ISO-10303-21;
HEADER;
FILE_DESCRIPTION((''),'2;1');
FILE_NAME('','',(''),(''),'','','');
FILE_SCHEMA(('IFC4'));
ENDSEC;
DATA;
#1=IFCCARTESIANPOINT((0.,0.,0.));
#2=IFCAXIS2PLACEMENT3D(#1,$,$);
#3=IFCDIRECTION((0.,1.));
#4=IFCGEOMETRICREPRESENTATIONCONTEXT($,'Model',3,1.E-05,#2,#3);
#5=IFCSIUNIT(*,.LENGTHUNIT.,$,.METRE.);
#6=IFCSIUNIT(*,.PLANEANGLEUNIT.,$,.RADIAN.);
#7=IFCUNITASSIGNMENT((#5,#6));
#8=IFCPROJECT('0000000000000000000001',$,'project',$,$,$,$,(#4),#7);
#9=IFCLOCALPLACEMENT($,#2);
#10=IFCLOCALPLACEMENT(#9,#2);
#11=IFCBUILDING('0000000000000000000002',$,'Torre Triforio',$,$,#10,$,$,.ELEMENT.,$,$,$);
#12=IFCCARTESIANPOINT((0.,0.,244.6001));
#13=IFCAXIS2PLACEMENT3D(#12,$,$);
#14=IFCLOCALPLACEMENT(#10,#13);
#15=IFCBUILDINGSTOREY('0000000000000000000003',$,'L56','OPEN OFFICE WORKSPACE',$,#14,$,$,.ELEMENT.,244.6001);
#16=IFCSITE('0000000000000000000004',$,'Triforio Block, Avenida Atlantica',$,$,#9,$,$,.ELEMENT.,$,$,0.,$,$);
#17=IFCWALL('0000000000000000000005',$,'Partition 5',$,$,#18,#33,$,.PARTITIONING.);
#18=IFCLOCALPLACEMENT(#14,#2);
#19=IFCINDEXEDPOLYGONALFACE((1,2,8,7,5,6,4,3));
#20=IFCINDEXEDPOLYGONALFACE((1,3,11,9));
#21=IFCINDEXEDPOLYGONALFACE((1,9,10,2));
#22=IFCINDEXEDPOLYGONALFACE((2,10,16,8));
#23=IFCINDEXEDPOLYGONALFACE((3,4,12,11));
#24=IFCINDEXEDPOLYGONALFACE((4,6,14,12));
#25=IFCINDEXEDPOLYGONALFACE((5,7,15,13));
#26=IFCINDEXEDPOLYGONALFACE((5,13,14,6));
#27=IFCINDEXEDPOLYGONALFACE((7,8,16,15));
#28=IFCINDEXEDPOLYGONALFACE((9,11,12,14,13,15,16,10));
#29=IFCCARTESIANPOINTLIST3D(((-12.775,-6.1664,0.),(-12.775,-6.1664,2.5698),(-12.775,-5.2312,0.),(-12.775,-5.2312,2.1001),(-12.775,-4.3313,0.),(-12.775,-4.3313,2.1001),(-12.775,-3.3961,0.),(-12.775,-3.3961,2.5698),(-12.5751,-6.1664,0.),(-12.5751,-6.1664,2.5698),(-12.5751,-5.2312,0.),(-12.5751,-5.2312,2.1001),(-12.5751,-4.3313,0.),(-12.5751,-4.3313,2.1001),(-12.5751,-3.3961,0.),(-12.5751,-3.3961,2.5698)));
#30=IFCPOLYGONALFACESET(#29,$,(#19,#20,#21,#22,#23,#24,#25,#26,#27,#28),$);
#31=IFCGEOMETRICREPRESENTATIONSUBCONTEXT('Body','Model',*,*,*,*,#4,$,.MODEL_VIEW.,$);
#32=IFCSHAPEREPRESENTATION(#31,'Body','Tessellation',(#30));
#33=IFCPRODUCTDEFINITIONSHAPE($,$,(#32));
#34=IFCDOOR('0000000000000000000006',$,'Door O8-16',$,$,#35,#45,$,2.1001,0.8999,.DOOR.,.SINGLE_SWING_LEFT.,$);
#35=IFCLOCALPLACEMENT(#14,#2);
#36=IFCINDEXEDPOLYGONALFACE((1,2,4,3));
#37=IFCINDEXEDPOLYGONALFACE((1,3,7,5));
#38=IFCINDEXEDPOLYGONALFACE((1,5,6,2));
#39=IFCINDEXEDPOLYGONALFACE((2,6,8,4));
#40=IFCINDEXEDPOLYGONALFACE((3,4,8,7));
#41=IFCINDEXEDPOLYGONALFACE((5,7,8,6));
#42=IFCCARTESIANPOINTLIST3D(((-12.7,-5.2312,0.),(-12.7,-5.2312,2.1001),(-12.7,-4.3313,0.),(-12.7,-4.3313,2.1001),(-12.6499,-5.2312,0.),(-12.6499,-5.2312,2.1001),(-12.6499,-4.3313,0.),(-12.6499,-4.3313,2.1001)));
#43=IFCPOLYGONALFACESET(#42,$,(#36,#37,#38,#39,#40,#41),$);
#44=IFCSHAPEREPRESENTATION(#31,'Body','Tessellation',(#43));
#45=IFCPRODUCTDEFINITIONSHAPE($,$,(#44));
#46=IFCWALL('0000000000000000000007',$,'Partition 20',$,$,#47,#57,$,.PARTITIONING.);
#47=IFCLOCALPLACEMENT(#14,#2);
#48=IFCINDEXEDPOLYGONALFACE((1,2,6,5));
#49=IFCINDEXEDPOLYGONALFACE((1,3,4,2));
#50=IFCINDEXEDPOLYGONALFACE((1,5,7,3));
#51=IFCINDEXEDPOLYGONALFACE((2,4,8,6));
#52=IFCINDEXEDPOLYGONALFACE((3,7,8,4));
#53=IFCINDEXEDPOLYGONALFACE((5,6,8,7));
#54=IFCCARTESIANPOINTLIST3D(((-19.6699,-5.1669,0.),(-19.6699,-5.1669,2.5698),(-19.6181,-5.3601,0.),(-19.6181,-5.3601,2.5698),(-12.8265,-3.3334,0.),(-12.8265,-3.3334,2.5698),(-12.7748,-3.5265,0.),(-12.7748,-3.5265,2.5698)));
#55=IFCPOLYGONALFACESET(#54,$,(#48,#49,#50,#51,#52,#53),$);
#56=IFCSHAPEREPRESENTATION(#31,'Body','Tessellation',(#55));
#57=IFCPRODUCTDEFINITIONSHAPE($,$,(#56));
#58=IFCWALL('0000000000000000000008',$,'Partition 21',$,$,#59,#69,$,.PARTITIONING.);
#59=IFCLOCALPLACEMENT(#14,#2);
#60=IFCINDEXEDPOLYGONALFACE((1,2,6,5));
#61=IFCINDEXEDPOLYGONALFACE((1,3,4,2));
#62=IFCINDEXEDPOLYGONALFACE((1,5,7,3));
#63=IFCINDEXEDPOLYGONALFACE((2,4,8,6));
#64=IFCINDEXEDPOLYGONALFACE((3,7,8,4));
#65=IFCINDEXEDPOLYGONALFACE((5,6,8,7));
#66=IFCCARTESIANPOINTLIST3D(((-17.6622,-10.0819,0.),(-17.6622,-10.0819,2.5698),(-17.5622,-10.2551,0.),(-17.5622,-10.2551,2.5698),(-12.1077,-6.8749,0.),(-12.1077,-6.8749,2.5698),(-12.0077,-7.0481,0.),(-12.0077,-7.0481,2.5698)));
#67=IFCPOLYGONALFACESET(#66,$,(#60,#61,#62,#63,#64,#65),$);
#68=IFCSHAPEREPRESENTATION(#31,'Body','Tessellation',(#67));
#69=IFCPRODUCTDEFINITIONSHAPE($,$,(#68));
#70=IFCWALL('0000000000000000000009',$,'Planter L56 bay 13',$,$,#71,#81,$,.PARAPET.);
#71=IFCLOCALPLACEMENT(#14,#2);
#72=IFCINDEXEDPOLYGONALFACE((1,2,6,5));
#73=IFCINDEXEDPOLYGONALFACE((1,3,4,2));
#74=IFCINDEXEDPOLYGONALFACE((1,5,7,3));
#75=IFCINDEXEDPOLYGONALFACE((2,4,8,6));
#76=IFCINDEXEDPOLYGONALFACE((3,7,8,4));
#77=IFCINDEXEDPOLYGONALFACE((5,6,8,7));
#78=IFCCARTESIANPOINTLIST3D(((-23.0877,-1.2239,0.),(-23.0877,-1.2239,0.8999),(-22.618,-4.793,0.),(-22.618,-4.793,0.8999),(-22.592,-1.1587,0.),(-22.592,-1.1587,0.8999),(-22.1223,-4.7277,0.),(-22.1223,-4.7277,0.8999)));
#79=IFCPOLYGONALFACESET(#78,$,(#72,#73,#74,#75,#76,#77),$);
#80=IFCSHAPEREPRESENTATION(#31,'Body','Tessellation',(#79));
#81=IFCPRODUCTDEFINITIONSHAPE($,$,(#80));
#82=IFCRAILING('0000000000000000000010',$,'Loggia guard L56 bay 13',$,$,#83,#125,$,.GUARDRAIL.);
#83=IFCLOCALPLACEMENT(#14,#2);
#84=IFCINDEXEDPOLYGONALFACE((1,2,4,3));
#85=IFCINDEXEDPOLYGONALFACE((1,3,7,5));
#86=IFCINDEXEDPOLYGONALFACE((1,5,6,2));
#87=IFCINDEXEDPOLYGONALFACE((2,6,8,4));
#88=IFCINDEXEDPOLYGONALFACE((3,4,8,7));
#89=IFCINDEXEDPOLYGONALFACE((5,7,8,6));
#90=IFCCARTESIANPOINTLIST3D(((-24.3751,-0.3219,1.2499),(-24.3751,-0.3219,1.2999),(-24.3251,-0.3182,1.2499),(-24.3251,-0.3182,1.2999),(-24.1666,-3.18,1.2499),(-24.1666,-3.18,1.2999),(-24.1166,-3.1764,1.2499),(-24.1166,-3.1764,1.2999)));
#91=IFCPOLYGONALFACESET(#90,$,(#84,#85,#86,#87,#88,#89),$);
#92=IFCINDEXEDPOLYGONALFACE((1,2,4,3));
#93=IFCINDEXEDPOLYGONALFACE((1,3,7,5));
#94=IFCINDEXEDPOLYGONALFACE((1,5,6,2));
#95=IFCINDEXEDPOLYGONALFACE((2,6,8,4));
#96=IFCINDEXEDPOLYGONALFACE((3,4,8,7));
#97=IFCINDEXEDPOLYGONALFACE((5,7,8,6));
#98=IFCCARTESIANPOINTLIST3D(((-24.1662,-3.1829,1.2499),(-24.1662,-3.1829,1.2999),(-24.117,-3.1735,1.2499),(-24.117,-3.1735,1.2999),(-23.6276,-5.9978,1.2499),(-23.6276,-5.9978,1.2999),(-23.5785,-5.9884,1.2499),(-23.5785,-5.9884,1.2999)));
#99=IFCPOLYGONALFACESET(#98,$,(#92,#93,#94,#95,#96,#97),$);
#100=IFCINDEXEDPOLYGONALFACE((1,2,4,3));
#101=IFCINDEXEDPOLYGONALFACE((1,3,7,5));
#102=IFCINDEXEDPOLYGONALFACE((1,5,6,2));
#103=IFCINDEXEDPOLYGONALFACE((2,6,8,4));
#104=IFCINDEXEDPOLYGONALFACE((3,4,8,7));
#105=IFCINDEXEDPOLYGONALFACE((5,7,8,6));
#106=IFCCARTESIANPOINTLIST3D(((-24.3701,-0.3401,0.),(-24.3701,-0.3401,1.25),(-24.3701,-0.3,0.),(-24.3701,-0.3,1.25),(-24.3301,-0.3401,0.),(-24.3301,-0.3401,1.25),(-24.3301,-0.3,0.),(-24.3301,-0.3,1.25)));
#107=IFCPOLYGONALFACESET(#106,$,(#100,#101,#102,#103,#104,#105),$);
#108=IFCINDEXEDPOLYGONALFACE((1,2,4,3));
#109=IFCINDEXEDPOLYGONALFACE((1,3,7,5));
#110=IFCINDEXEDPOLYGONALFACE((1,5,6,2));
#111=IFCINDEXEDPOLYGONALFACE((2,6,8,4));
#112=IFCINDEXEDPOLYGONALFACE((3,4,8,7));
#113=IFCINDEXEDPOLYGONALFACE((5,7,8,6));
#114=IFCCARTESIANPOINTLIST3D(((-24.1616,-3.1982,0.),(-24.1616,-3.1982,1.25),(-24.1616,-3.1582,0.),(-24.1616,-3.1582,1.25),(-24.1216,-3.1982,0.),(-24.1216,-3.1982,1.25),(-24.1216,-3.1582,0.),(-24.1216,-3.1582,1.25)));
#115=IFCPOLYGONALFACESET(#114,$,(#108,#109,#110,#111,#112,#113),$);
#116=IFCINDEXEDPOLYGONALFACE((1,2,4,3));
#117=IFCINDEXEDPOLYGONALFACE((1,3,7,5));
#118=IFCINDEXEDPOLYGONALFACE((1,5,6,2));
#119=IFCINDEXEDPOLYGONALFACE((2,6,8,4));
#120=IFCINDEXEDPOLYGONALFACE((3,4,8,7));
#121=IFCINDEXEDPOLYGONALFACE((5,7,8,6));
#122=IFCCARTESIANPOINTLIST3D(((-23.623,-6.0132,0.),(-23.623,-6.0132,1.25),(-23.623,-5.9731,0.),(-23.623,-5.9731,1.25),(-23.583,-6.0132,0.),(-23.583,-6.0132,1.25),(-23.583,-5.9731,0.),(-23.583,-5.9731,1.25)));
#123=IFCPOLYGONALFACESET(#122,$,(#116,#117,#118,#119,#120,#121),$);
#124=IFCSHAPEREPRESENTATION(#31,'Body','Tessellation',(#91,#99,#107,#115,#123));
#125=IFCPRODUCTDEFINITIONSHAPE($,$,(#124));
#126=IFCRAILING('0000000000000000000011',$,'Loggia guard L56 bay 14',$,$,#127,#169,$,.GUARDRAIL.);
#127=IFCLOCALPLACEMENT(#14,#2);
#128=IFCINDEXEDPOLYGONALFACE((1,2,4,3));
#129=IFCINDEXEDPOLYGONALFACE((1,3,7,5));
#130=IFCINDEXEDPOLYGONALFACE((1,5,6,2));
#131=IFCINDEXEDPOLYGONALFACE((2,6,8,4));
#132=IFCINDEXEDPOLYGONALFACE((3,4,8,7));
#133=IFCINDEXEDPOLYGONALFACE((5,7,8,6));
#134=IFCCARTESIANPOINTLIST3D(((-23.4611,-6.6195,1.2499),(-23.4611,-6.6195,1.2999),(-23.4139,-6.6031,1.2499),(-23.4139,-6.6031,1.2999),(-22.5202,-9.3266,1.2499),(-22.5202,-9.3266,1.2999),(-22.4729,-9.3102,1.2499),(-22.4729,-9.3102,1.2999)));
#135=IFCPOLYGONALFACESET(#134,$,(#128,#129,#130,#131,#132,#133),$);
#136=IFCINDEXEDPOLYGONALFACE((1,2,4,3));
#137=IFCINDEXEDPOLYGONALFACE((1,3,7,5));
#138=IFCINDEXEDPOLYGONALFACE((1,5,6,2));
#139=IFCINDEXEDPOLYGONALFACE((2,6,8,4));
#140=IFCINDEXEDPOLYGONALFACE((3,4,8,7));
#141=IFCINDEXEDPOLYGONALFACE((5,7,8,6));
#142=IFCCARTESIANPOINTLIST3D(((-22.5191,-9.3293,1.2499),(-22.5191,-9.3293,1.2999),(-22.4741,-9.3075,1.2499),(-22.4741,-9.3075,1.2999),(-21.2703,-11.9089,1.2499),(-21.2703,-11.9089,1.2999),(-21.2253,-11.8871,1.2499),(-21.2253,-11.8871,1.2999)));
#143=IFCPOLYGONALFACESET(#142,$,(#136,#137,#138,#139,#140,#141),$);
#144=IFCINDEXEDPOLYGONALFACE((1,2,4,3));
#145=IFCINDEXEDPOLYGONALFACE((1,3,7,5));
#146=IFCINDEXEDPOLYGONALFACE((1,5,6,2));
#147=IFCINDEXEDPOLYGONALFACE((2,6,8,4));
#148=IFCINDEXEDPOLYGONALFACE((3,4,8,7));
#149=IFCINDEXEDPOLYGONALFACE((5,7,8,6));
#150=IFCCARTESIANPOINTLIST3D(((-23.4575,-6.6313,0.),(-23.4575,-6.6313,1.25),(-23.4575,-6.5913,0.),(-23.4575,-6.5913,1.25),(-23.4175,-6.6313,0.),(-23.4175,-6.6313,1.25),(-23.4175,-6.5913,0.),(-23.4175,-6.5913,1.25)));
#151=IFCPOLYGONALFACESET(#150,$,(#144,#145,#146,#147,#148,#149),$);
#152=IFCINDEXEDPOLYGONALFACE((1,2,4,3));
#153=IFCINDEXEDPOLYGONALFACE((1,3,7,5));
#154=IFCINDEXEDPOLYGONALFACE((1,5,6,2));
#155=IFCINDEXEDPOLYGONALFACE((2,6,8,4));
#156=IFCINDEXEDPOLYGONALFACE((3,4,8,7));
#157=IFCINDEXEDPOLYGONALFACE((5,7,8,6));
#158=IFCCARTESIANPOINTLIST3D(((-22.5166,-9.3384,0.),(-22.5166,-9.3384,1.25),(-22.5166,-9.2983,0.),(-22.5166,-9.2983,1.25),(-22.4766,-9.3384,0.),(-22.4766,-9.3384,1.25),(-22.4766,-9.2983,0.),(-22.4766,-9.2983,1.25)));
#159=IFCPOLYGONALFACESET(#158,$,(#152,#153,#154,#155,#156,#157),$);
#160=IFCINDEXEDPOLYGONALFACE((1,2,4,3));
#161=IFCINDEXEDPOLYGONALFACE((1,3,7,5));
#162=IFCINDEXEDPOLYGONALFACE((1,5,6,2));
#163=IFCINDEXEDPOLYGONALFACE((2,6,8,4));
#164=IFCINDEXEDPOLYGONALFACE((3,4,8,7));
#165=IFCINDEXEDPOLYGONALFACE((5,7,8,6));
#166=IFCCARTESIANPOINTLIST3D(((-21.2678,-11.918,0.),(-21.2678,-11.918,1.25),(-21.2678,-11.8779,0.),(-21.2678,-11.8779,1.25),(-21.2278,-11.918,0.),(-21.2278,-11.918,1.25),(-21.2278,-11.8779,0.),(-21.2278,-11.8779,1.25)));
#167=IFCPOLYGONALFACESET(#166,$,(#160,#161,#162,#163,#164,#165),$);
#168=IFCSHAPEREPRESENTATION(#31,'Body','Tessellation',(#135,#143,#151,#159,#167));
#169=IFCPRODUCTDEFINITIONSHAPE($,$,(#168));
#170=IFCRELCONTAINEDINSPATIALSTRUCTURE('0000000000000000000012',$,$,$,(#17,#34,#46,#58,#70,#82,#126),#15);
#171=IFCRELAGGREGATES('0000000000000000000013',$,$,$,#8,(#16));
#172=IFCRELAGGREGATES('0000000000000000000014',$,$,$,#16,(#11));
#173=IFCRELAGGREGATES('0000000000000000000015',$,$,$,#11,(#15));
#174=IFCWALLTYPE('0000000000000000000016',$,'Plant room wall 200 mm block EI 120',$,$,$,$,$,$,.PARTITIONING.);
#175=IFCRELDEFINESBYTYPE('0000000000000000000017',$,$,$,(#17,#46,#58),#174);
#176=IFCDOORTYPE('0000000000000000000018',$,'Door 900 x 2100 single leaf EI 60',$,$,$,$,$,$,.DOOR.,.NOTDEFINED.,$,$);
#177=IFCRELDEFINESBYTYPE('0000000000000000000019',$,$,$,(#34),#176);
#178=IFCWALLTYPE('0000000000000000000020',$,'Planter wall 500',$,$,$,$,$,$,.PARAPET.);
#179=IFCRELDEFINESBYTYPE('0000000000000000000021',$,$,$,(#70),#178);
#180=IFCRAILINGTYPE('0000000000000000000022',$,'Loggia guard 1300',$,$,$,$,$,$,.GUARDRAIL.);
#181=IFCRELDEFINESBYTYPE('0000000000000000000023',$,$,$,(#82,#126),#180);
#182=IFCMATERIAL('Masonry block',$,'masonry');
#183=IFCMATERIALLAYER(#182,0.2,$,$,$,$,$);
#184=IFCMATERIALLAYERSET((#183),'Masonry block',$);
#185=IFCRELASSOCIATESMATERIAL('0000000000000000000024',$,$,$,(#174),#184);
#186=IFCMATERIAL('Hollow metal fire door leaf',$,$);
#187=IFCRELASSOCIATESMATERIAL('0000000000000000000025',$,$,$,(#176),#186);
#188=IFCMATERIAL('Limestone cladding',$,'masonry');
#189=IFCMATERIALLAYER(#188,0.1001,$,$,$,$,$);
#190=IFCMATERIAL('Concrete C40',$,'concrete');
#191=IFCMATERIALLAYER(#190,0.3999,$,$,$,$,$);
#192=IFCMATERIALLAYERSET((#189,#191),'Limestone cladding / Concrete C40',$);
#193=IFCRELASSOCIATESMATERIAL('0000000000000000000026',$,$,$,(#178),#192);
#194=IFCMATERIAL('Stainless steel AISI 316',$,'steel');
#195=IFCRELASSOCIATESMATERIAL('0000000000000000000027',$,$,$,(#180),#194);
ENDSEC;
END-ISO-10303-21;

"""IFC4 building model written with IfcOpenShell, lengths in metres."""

from ifc_helpers import new_model, si_unit, direction, frame, frame_2d, origin, origin_2d, place, context, subcontext, project, spatial, rectangle, extrude, material, layer, layer_set, type_object, element, fill, save


model = new_model("IFC4")

# Units and contexts
model_context = context("Model", 3, precision=1e-05, world=origin(), true_north=direction((0.0, 1.0)))
body_context = subcontext(model_context, "Body", "Model", "MODEL_VIEW")
ifc_project = project(units=[si_unit("LENGTHUNIT", "METRE"), si_unit("PLANEANGLEUNIT", "RADIAN")], contexts=[model_context])

# Site, building, storey
site_placement = place(None, origin())
site = spatial("IfcSite", under=ifc_project, at=site_placement, Name="Triforio Block, Avenida Atlantica", CompositionType="ELEMENT", RefElevation=0.0)
building_placement = place(site_placement, origin())
building = spatial("IfcBuilding", under=site, at=building_placement, Name="Torre Triforio", CompositionType="ELEMENT")
storey_placement = place(building_placement, frame((0.0, 0.0, 244.6001)))
storey = spatial("IfcBuildingStorey", under=building, at=storey_placement, Name="L56", Description="OPEN OFFICE WORKSPACE", CompositionType="ELEMENT", Elevation=244.6001)

# Shared definitions
ifc_material_1 = material(Name="Concrete C40", Category="concrete")

# Shared definitions
ifc_material_2 = material(Name="Hollow metal fire door leaf")

# Shared definitions
ifc_material_3 = material(Name="Masonry block", Category="masonry")
ifc_layer_1 = layer(ifc_material_3, 0.2)
ifc_layer_set_1 = layer_set([ifc_layer_1], Name="Masonry block")
wall_type_1 = type_object("IfcWallType", Name="Plant room wall 200 mm block EI 120", PredefinedType="PARTITIONING", material=ifc_layer_set_1)

# Wall, opening, door
wall_1_placement = place(storey_placement, frame((-12.675, -6.1665, 0.0), z_axis=(0.0, 0.0, 1.0), x_axis=(0.0, 1.0, 0.0)))
wall_1 = element("IfcWall", 1, at=wall_1_placement, inside=storey, type_object=wall_type_1, Name="Partition 5", PredefinedType="PARTITIONING", context=body_context, shape_type="SweptSolid", body=[
    extrude(rectangle(XDim=2.7703, YDim=0.2, at=frame_2d((1.3853, 0.0))), origin(), (0.0, 0.0, 1.0), 2.5698),
])
opening_1_placement = place(wall_1_placement, frame((0.9353, 0.0, 0.0)))
opening_1 = element("IfcOpeningElement", 2, at=opening_1_placement, cuts=wall_1, PredefinedType="OPENING", context=body_context, shape_type="SweptSolid", body=[
    extrude(rectangle(XDim=0.8999, YDim=2.1001, at=frame_2d((0.45, 1.05))), frame((0.0, 0.1099, 0.0), z_axis=(0.0, -1.0, 0.0), x_axis=(1.0, 0.0, 0.0)), (0.0, 0.0, 1.0), 0.22),
])
door_type_1 = type_object("IfcDoorType", Name="Door 900 x 2100 single leaf EI 60", OperationType="NOTDEFINED", PredefinedType="DOOR", material=ifc_material_2)
door_1_placement = place(opening_1_placement, origin())
door_1 = element("IfcDoor", 3, at=door_1_placement, inside=storey, type_object=door_type_1, Name="Door O8-16", OperationType="SINGLE_SWING_LEFT", OverallHeight=2.1001, OverallWidth=0.8999, PredefinedType="DOOR", context=body_context, shape_type="SweptSolid", body=[
    extrude(rectangle(XDim=0.8999, YDim=2.1001, at=frame_2d((0.45, 1.05))), frame((0.0, 0.0249, 0.0), z_axis=(0.0, -1.0, 0.0), x_axis=(1.0, 0.0, 0.0)), (0.0, 0.0, 1.0), 0.05),
])
fill(opening_1, door_1)

# Walls
wall_2_placement = place(storey_placement, frame((-12.8005, -3.4299, 0.0), z_axis=(0.0, 0.0, 1.0), x_axis=(-0.965931, -0.258799, 0.0)))
element("IfcWall", 4, at=wall_2_placement, inside=storey, type_object=wall_type_1, Name="Partition 20", PredefinedType="PARTITIONING", context=body_context, shape_type="SweptSolid", body=[
    extrude(rectangle(XDim=7.0847, YDim=0.2, at=frame_2d((3.5425, 0.0))), origin(), (0.0, 0.0, 1.0), 2.5698),
])
wall_3_placement = place(storey_placement, frame((-12.0576, -6.9614, 0.0), z_axis=(0.0, 0.0, 1.0), x_axis=(-0.866014, -0.50002, 0.0)))
element("IfcWall", 5, at=wall_3_placement, inside=storey, type_object=wall_type_1, Name="Partition 21", PredefinedType="PARTITIONING", context=body_context, shape_type="SweptSolid", body=[
    extrude(rectangle(XDim=6.4138, YDim=0.2, at=frame_2d((3.207, 0.0))), origin(), (0.0, 0.0, 1.0), 2.5698),
])
ifc_material_4 = material(Name="Limestone cladding", Category="masonry")
ifc_layer_2 = layer(ifc_material_4, 0.1001)
ifc_layer_3 = layer(ifc_material_1, 0.3999)
ifc_layer_set_2 = layer_set([ifc_layer_2, ifc_layer_3], Name="Limestone cladding / Concrete C40")
wall_type_2 = type_object("IfcWallType", Name="Planter wall 500", PredefinedType="PARAPET", material=ifc_layer_set_2)
wall_4_placement = place(storey_placement, frame((-22.8398, -1.1914, 0.0), z_axis=(0.0, 0.0, 1.0), x_axis=(0.130484, -0.99145, 0.0)))
element("IfcWall", 6, at=wall_4_placement, inside=storey, type_object=wall_type_2, Name="Planter L56 bay 13", PredefinedType="PARAPET", context=body_context, shape_type="SweptSolid", body=[
    extrude(rectangle(XDim=3.5999, YDim=0.5, at=frame_2d((1.7998, 0.0))), origin(), (0.0, 0.0, 1.0), 0.8999),
])

# Railings
ifc_material_5 = material(Name="Stainless steel AISI 316", Category="steel")
railing_type = type_object("IfcRailingType", Name="Loggia guard 1300", PredefinedType="GUARDRAIL", material=ifc_material_5)
railing_1_placement = place(storey_placement, frame((-24.3501, -0.3201, 0.0)))
element("IfcRailing", 7, at=railing_1_placement, inside=storey, type_object=railing_type, Name="Loggia guard L56 bay 13", PredefinedType="GUARDRAIL", context=body_context, shape_type="SweptSolid", body=[
    extrude(rectangle(XDim=0.05, YDim=0.05, at=origin_2d()), frame((0.0, 0.0, 1.2749), z_axis=(0.072754, -0.99735, 0.0), x_axis=(0.99735, 0.072754, 0.0)), (0.0, 0.0, 1.0), 2.8657),
    extrude(rectangle(XDim=0.05, YDim=0.05, at=origin_2d()), frame((0.2085, -2.8582, 1.2749), z_axis=(0.187918, -0.982185, 0.0), x_axis=(0.982185, 0.187918, 0.0)), (0.0, 0.0, 1.0), 2.866),
    extrude(rectangle(XDim=0.04, YDim=0.04, at=origin_2d()), origin(), (0.0, 0.0, 1.0), 1.25),
    extrude(rectangle(XDim=0.04, YDim=0.04, at=origin_2d()), frame((0.2085, -2.8582, 0.0)), (0.0, 0.0, 1.0), 1.25),
    extrude(rectangle(XDim=0.04, YDim=0.04, at=origin_2d()), frame((0.7471, -5.6731, 0.0)), (0.0, 0.0, 1.0), 1.25),
])
railing_2_placement = place(storey_placement, frame((-23.4375, -6.6113, 0.0)))
element("IfcRailing", 8, at=railing_2_placement, inside=storey, type_object=railing_type, Name="Loggia guard L56 bay 14", PredefinedType="GUARDRAIL", context=body_context, shape_type="SweptSolid", body=[
    extrude(rectangle(XDim=0.05, YDim=0.05, at=origin_2d()), frame((0.0, 0.0, 1.2749), z_axis=(0.328316, -0.944568, 0.0), x_axis=(0.944568, 0.328316, 0.0)), (0.0, 0.0, 1.0), 2.866),
    extrude(rectangle(XDim=0.05, YDim=0.05, at=origin_2d()), frame((0.9409, -2.707, 1.2749), z_axis=(0.435728, -0.900078, 0.0), x_axis=(0.900078, 0.435728, 0.0)), (0.0, 0.0, 1.0), 2.866),
    extrude(rectangle(XDim=0.04, YDim=0.04, at=origin_2d()), origin(), (0.0, 0.0, 1.0), 1.25),
    extrude(rectangle(XDim=0.04, YDim=0.04, at=origin_2d()), frame((0.9409, -2.707, 0.0)), (0.0, 0.0, 1.0), 1.25),
    extrude(rectangle(XDim=0.04, YDim=0.04, at=origin_2d()), frame((2.1897, -5.2866, 0.0)), (0.0, 0.0, 1.0), 1.25),
])

save(model, "model.ifc")
